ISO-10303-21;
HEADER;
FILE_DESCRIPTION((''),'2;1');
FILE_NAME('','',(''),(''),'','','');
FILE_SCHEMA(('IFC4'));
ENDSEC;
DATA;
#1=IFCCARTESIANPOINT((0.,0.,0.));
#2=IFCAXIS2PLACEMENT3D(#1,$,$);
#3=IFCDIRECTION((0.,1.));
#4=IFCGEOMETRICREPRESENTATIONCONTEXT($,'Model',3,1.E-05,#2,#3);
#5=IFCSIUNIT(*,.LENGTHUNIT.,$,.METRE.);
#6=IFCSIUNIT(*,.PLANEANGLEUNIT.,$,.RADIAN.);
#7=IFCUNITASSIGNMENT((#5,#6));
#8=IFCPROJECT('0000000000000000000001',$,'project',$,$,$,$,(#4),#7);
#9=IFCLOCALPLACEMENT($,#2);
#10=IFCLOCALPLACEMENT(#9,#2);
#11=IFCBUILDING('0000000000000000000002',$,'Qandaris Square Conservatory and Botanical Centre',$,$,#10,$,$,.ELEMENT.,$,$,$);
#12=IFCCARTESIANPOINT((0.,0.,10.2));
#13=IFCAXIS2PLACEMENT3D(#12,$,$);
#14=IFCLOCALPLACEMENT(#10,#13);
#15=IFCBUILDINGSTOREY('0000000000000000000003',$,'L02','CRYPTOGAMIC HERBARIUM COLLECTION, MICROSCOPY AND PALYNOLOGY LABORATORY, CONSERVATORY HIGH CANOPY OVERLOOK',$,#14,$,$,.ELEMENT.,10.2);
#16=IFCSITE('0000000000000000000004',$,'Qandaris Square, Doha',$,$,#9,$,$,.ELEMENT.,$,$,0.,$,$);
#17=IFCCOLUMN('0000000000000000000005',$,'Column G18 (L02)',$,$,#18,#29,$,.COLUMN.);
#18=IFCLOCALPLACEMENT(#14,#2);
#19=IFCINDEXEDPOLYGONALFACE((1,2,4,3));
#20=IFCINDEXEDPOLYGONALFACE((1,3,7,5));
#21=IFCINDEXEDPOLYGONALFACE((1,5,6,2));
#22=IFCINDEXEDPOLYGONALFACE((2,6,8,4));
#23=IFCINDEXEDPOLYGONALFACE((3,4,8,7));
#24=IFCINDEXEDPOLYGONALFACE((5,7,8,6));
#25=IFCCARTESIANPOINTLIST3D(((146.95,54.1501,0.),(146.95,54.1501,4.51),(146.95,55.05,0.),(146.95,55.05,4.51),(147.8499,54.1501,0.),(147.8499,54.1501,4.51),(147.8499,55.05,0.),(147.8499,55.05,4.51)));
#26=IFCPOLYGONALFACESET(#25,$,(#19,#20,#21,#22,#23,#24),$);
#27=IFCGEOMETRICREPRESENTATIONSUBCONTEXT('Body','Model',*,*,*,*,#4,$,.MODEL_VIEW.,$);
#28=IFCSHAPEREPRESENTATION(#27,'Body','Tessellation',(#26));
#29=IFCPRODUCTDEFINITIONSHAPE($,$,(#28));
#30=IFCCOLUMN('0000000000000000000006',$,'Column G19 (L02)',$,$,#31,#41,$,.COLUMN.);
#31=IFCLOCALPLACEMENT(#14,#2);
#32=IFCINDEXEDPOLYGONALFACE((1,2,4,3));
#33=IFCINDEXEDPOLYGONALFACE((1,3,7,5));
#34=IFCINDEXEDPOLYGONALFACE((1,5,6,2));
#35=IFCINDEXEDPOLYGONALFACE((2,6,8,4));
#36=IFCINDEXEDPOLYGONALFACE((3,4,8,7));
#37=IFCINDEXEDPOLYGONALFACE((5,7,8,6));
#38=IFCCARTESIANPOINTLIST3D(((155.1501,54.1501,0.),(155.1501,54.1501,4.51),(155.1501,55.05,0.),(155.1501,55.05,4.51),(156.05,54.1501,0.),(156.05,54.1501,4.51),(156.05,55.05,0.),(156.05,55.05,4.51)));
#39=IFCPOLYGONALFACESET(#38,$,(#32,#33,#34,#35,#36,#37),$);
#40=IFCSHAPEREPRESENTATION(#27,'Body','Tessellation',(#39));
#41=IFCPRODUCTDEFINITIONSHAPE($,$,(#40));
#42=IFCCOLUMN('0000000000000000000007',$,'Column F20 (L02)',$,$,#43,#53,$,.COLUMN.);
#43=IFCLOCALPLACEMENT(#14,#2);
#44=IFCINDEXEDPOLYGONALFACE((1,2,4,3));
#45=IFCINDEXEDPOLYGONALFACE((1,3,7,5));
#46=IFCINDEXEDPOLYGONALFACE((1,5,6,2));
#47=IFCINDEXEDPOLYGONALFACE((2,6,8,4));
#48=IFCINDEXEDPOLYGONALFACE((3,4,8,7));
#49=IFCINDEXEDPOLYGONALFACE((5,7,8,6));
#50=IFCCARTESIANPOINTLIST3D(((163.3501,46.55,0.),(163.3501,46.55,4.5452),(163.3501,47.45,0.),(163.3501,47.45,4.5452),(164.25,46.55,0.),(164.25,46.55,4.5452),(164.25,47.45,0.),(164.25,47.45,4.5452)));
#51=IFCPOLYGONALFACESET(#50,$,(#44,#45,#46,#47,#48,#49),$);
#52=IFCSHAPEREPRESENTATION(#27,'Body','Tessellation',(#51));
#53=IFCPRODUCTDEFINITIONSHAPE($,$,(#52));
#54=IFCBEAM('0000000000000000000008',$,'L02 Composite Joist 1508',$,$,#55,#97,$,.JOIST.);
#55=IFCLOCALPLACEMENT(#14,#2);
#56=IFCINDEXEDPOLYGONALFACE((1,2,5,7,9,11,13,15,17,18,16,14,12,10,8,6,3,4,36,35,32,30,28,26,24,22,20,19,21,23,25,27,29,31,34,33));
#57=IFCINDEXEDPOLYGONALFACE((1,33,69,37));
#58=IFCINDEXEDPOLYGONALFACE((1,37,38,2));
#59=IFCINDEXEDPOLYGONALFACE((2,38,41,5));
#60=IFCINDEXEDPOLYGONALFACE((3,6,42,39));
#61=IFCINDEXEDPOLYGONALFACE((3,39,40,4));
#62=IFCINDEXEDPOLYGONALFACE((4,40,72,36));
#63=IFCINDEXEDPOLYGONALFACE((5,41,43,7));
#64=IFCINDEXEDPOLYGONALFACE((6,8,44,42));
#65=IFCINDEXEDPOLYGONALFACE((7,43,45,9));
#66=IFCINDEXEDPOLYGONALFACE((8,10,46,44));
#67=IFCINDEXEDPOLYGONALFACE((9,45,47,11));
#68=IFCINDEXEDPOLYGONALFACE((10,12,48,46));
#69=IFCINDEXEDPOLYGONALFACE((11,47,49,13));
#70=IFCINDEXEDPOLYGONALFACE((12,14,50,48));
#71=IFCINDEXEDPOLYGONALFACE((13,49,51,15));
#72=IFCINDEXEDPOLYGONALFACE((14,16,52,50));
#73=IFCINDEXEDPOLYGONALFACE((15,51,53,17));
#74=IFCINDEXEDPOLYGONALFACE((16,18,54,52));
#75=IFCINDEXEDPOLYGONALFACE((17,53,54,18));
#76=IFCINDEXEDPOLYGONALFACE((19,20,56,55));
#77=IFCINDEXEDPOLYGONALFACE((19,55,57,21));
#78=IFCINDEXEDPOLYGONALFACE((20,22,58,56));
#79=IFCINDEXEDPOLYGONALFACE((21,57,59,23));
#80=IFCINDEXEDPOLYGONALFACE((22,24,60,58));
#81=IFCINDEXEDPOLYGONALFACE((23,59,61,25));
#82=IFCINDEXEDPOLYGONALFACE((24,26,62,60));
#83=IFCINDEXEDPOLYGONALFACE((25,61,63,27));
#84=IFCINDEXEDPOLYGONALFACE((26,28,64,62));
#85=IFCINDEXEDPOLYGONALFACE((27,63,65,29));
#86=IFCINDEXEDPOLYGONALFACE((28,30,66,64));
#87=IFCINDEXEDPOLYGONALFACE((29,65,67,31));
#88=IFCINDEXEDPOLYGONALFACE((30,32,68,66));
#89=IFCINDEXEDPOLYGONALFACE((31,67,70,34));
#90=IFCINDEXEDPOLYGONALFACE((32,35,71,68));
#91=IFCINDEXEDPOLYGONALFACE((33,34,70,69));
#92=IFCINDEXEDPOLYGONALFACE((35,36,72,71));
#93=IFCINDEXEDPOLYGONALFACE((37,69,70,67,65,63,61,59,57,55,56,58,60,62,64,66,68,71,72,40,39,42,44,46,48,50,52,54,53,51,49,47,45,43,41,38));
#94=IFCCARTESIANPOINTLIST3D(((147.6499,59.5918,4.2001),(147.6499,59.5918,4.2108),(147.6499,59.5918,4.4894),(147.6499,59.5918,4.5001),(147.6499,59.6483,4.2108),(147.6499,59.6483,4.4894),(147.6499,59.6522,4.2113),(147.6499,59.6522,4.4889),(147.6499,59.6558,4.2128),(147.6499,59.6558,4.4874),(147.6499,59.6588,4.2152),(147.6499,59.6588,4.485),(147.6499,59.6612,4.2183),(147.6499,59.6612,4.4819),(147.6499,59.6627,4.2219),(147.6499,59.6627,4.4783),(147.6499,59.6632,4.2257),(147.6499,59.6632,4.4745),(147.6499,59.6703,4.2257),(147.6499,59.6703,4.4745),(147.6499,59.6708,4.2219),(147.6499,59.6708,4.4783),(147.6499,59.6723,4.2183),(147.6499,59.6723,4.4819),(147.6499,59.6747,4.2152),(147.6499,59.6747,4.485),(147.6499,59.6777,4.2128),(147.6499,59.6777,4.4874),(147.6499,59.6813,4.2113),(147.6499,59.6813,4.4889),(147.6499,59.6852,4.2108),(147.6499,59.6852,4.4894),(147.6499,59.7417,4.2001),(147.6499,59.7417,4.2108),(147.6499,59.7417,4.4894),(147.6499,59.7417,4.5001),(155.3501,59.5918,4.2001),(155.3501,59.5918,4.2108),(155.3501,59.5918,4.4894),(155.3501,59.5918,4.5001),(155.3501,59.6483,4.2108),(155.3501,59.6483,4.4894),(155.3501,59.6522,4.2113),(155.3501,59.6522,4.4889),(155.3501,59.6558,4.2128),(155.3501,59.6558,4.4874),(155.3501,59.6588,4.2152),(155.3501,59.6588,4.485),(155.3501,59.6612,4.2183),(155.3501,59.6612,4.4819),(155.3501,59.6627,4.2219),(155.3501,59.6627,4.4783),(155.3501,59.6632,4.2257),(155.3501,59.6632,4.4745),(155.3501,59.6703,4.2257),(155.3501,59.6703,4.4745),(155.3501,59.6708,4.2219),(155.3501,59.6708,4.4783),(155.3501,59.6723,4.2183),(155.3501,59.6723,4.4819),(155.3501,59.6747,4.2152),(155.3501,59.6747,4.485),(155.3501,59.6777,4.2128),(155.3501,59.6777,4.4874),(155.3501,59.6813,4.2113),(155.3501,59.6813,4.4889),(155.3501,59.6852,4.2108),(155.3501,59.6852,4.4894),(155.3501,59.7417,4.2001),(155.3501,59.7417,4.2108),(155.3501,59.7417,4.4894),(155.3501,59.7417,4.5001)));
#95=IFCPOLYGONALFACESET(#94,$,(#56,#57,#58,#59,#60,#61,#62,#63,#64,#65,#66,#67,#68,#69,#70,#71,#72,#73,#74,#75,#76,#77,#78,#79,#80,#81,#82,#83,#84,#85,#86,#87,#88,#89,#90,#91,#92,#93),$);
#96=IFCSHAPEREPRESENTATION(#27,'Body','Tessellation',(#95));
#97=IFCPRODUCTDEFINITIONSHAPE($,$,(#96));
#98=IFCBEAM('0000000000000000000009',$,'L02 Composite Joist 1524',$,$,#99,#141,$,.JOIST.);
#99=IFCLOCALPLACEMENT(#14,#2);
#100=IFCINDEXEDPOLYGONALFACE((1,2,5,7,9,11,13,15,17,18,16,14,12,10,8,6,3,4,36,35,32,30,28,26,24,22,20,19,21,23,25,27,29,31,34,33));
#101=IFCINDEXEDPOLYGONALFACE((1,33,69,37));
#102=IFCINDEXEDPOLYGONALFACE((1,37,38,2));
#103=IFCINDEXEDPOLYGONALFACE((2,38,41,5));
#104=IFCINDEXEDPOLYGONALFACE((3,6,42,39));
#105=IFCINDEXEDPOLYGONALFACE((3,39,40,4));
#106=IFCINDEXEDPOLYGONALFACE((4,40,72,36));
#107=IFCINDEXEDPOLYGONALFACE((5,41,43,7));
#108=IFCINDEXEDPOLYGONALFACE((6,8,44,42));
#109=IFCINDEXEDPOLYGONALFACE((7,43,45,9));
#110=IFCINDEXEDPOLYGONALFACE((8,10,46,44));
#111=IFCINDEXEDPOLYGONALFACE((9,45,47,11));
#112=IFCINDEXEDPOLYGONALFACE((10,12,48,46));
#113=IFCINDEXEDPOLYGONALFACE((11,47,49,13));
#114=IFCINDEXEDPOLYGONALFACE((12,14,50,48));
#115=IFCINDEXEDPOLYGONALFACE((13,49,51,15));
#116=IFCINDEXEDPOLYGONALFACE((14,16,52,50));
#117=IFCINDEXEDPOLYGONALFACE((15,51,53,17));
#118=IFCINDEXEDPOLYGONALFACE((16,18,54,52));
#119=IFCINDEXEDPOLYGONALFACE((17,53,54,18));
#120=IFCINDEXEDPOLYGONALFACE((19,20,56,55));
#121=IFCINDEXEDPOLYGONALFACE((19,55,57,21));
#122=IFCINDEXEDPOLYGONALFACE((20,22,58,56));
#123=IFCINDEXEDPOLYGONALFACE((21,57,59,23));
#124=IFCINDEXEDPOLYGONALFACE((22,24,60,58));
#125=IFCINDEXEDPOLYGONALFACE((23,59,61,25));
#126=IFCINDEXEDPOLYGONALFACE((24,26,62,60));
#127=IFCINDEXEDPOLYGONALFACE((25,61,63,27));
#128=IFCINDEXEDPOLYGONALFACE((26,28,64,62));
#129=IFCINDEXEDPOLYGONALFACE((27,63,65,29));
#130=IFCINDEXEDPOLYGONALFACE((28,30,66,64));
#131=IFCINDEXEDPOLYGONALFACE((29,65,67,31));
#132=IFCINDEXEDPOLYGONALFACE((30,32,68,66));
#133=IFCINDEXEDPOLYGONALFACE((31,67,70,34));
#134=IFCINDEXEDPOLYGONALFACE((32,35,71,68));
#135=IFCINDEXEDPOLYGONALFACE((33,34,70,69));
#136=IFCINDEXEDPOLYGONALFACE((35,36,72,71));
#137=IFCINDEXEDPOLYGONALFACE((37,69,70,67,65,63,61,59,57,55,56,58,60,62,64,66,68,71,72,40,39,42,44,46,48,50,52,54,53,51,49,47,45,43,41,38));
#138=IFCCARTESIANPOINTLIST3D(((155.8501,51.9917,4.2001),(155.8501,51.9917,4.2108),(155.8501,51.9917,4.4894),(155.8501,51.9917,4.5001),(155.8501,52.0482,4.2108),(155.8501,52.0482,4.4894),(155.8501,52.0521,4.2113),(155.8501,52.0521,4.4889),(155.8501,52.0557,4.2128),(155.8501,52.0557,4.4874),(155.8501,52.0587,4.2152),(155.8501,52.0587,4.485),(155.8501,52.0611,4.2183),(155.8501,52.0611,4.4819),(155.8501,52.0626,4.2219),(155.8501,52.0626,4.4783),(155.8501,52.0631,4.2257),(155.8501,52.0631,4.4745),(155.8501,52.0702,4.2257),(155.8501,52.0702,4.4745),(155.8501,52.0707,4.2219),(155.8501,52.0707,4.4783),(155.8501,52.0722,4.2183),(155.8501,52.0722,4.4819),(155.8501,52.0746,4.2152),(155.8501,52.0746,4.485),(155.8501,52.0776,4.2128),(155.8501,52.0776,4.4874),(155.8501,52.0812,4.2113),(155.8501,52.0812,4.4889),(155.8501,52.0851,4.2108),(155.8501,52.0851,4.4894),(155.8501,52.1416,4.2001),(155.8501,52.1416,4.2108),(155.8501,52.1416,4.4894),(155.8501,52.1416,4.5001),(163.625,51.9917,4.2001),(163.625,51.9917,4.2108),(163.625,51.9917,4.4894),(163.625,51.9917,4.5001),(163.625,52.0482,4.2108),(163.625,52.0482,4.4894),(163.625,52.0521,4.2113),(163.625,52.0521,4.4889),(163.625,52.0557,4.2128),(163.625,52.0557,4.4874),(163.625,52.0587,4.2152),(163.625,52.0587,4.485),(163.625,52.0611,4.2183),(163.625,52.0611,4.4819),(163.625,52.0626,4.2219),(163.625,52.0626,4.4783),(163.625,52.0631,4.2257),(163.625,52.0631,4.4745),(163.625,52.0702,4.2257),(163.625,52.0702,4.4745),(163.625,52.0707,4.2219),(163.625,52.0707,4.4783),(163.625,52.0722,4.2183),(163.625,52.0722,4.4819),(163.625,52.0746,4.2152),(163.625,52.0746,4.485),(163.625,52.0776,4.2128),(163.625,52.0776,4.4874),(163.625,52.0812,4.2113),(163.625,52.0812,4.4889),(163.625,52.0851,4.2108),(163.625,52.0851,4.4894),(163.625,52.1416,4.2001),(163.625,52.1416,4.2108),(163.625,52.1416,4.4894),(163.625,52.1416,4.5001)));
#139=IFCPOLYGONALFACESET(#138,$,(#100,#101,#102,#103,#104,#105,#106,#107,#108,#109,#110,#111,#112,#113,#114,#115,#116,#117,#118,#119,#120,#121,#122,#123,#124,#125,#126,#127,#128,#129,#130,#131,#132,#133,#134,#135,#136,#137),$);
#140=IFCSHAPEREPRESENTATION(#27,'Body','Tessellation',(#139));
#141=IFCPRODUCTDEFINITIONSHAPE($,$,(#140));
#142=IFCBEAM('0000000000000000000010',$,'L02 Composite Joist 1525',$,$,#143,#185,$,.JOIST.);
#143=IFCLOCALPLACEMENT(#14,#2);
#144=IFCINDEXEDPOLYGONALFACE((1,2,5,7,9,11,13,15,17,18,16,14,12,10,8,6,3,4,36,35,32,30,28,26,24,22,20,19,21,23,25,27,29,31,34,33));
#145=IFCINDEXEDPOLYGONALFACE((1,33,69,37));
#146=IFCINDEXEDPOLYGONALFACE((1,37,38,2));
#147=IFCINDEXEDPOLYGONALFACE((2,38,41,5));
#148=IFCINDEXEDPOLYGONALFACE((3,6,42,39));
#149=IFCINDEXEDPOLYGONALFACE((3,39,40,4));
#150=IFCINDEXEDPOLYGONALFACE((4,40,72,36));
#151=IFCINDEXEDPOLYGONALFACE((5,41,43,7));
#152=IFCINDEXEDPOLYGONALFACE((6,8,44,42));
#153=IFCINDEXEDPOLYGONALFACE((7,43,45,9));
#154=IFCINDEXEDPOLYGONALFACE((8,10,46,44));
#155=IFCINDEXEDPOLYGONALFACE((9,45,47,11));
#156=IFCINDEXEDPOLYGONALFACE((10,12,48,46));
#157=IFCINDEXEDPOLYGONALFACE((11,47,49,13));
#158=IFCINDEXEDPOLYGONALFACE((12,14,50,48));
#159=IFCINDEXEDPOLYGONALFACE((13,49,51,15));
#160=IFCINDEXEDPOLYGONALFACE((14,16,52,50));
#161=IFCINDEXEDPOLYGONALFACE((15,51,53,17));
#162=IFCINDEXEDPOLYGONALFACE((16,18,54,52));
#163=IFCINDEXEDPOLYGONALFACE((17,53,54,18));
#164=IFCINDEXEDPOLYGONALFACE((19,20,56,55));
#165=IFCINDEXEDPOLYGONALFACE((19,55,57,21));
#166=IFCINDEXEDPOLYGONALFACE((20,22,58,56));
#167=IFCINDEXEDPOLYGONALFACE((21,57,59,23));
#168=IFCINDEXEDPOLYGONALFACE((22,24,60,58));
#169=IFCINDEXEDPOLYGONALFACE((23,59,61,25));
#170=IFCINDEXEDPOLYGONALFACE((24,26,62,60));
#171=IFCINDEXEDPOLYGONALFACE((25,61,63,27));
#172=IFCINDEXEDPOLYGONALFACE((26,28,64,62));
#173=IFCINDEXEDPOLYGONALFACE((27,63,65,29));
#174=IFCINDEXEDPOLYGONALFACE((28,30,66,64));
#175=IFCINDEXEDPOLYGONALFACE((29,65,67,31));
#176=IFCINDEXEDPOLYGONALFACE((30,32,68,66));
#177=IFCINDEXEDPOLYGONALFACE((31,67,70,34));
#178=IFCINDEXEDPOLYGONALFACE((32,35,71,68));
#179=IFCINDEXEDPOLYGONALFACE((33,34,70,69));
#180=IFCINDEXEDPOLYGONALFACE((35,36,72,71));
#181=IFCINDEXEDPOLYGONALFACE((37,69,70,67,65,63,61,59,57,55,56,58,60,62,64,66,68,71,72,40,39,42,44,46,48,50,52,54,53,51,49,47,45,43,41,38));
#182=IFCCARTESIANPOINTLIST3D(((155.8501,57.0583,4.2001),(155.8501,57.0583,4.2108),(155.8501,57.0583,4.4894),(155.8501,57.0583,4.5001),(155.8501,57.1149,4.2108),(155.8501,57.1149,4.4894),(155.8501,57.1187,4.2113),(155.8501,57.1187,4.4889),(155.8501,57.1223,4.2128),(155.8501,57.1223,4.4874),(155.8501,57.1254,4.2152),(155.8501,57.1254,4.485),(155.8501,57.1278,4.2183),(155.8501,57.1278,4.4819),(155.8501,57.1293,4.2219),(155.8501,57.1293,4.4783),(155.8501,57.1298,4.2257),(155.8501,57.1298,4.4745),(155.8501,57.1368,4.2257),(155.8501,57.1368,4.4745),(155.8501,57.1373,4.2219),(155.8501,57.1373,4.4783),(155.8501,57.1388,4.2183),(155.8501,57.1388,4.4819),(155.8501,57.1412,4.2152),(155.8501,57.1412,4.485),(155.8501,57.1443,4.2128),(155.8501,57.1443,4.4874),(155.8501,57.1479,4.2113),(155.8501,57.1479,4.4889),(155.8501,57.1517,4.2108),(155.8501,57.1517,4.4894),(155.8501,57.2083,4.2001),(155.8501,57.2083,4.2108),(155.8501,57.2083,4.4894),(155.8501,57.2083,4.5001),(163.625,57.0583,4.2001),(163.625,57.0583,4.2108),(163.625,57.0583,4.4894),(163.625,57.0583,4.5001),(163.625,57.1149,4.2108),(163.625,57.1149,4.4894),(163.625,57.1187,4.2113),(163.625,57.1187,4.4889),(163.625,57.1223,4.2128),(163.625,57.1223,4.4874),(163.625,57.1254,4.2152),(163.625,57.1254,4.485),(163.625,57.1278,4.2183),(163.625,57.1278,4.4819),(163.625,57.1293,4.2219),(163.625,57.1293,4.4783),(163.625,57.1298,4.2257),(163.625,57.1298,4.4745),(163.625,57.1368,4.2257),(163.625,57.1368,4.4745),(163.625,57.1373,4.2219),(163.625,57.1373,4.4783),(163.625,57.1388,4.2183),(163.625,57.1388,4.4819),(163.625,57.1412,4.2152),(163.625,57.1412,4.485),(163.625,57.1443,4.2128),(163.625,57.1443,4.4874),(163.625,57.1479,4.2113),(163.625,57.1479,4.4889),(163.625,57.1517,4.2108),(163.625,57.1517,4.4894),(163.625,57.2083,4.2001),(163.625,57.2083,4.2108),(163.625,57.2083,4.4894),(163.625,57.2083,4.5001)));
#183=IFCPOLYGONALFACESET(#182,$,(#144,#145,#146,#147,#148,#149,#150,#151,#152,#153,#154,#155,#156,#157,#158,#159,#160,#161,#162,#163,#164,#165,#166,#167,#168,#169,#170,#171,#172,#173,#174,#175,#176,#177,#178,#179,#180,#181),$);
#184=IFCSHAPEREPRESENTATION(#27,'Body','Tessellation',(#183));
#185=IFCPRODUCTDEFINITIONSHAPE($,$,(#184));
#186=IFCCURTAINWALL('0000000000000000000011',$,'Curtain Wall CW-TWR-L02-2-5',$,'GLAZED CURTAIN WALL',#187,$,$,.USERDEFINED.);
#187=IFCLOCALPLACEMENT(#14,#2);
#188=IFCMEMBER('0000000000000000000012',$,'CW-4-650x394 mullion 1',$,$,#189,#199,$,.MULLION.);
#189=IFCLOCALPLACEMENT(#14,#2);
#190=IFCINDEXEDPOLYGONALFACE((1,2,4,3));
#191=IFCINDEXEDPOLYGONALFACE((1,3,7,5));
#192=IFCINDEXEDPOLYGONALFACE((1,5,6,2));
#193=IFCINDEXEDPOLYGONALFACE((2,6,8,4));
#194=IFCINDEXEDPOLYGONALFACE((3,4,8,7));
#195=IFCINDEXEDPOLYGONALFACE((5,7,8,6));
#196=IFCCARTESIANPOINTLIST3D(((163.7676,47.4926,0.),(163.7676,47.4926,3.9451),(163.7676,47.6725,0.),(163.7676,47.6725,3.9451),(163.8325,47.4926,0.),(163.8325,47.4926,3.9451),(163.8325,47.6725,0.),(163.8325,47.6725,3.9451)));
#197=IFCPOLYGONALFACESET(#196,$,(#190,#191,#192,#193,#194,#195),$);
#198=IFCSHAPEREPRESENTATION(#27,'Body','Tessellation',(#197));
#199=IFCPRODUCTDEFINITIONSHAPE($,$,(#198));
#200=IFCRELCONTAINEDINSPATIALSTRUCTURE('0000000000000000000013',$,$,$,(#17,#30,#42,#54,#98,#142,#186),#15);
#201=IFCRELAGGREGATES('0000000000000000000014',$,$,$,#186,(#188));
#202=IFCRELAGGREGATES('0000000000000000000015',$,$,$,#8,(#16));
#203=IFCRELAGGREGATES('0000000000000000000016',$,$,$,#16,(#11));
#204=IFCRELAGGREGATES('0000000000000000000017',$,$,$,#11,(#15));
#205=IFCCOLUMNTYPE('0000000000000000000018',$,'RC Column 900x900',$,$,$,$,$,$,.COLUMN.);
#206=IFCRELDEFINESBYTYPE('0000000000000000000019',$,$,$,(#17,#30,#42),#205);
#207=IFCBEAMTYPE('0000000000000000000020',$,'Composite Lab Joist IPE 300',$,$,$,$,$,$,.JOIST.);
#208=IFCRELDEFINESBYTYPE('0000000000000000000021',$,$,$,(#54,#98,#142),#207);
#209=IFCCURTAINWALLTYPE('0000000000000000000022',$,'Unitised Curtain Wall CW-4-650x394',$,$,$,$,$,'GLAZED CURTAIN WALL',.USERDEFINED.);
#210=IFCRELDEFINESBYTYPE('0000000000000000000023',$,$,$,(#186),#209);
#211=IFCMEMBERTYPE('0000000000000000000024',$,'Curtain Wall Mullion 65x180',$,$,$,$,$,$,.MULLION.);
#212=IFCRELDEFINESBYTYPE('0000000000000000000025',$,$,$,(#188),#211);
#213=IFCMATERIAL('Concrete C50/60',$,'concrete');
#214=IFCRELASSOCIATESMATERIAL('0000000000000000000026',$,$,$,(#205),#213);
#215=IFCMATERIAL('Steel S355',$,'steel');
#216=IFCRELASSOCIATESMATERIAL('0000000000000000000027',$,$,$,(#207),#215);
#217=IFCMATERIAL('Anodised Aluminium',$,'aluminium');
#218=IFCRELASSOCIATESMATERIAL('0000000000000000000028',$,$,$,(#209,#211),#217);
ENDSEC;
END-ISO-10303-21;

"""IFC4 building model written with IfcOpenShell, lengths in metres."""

from ifc_helpers import new_model, si_unit, direction, frame, origin, origin_2d, place, context, subcontext, project, spatial, rectangle, i_section, extrude, material, material_profile, profile_set, type_object, element, aggregate, save


model = new_model("IFC4")

# Units and contexts
model_context = context("Model", 3, precision=1e-05, world=origin(), true_north=direction((0.0, 1.0)))
body_context = subcontext(model_context, "Body", "Model", "MODEL_VIEW")
ifc_project = project(units=[si_unit("LENGTHUNIT", "METRE"), si_unit("PLANEANGLEUNIT", "RADIAN")], contexts=[model_context])

# Site, building, storey
site_placement = place(None, origin())
site = spatial("IfcSite", under=ifc_project, at=site_placement, Name="Qandaris Square, Doha", CompositionType="ELEMENT", RefElevation=0.0)
building_placement = place(site_placement, origin())
building = spatial("IfcBuilding", under=site, at=building_placement, Name="Qandaris Square Conservatory and Botanical Centre", CompositionType="ELEMENT")
storey_placement = place(building_placement, frame((0.0, 0.0, 10.2)))
storey = spatial("IfcBuildingStorey", under=building, at=storey_placement, Name="L02", Description="CRYPTOGAMIC HERBARIUM COLLECTION, MICROSCOPY AND PALYNOLOGY LABORATORY, CONSERVATORY HIGH CANOPY OVERLOOK", CompositionType="ELEMENT", Elevation=10.2)

# Columns
ifc_material_1 = material(Name="Concrete C50/60", Category="concrete")
ifc_material_profile_1 = material_profile(ifc_material_1, rectangle(XDim=0.8999, YDim=0.8999, at=origin_2d()), Name="RC-COL 900x900")
ifc_profile_set_1 = profile_set([ifc_material_profile_1], Name="Concrete C50/60")
column_type = type_object("IfcColumnType", Name="RC Column 900x900", PredefinedType="COLUMN", material=ifc_profile_set_1)
for number, where, z_axis, x_axis, name in (
    (1, (147.3999, 54.6001, 0.0), (0.0, 0.0, 1.0), (1.0, 0.0, 0.0), "Column G18 (L02)"),
    (2, (155.6001, 54.6001, 0.0), (0.0, 0.0, 1.0), (1.0, 0.0, 0.0), "Column G19 (L02)"),
):
    element("IfcColumn", number, at=place(storey_placement, frame(where, z_axis=z_axis, x_axis=x_axis)), inside=storey, type_object=column_type, Name=name, PredefinedType="COLUMN", context=body_context, shape_type="SweptSolid", body=[
        extrude(rectangle(XDim=0.8999, YDim=0.8999, at=origin_2d()), origin(), (0.0, 0.0, 1.0), 4.51),
    ])
column_placement = place(storey_placement, frame((163.8, 47.0, 0.0), z_axis=(0.0, 0.0, 1.0), x_axis=(1.0, 0.0, 0.0)))
element("IfcColumn", 3, at=column_placement, inside=storey, type_object=column_type, Name="Column F20 (L02)", PredefinedType="COLUMN", context=body_context, shape_type="SweptSolid", body=[
    extrude(rectangle(XDim=0.8999, YDim=0.8999, at=origin_2d()), origin(), (0.0, 0.0, 1.0), 4.5452),
])

# Beams
ifc_material_2 = material(Name="Steel S355", Category="steel")
ifc_material_profile_2 = material_profile(ifc_material_2, i_section(OverallWidth=0.1499, OverallDepth=0.3, WebThickness=0.0071, FlangeThickness=0.0107, FilletRadius=0.0149, at=origin_2d()), Name="IPE 300")
ifc_profile_set_2 = profile_set([ifc_material_profile_2], Name="Steel S355")
beam_type_1 = type_object("IfcBeamType", Name="Composite Lab Joist IPE 300", PredefinedType="JOIST", material=ifc_profile_set_2)
beam_1_placement = place(storey_placement, frame((147.6499, 59.6667, 4.3501), z_axis=(1.0, 0.0, 0.0), x_axis=(0.0, 1.0, 0.0)))
element("IfcBeam", 4, at=beam_1_placement, inside=storey, type_object=beam_type_1, Name="L02 Composite Joist 1508", PredefinedType="JOIST", context=body_context, shape_type="SweptSolid", body=[
    extrude(i_section(OverallWidth=0.1499, OverallDepth=0.3, WebThickness=0.0071, FlangeThickness=0.0107, FilletRadius=0.0149, at=origin_2d()), origin(), (0.0, 0.0, 1.0), 7.7002),
])
for number, where, z_axis, x_axis, name in (
    (5, (155.8501, 52.0667, 4.3501), (1.0, 0.0, 0.0), (0.0, 1.0, 0.0), "L02 Composite Joist 1524"),
    (6, (155.8501, 57.1333, 4.3501), (1.0, 0.0, 0.0), (0.0, 1.0, 0.0), "L02 Composite Joist 1525"),
):
    element("IfcBeam", number, at=place(storey_placement, frame(where, z_axis=z_axis, x_axis=x_axis)), inside=storey, type_object=beam_type_1, Name=name, PredefinedType="JOIST", context=body_context, shape_type="SweptSolid", body=[
        extrude(i_section(OverallWidth=0.1499, OverallDepth=0.3, WebThickness=0.0071, FlangeThickness=0.0107, FilletRadius=0.0149, at=origin_2d()), origin(), (0.0, 0.0, 1.0), 7.7749),
    ])

# Curtain wall, member
ifc_material_3 = material(Name="Anodised Aluminium", Category="aluminium")
curtain_wall_type = type_object("IfcCurtainWallType", Name="Unitised Curtain Wall CW-4-650x394", ElementType="GLAZED CURTAIN WALL", PredefinedType="USERDEFINED", material=ifc_material_3)
curtain_wall_placement = place(storey_placement, origin())
curtain_wall = element("IfcCurtainWall", 7, at=curtain_wall_placement, inside=storey, type_object=curtain_wall_type, Name="Curtain Wall CW-TWR-L02-2-5", ObjectType="GLAZED CURTAIN WALL", PredefinedType="USERDEFINED")
ifc_material_profile_3 = material_profile(ifc_material_3, rectangle(XDim=0.0649, YDim=0.1799, at=origin_2d()), Name="ALU-MUL 65x180")
ifc_profile_set_3 = profile_set([ifc_material_profile_3], Name="Anodised Aluminium")
member_type_1 = type_object("IfcMemberType", Name="Curtain Wall Mullion 65x180", PredefinedType="MULLION", material=ifc_profile_set_3)
member_1_placement = place(storey_placement, frame((163.8, 47.5825, 0.0), z_axis=(0.0, 0.0, 1.0), x_axis=(-1.0, 0.0, 0.0)))
member_1 = element("IfcMember", 8, at=member_1_placement, type_object=member_type_1, Name="CW-4-650x394 mullion 1", PredefinedType="MULLION", context=body_context, shape_type="SweptSolid", body=[
    extrude(rectangle(XDim=0.0649, YDim=0.1799, at=origin_2d()), origin(), (0.0, 0.0, 1.0), 3.9451),
])

aggregate(curtain_wall, [member_1])

save(model, "model.ifc")
